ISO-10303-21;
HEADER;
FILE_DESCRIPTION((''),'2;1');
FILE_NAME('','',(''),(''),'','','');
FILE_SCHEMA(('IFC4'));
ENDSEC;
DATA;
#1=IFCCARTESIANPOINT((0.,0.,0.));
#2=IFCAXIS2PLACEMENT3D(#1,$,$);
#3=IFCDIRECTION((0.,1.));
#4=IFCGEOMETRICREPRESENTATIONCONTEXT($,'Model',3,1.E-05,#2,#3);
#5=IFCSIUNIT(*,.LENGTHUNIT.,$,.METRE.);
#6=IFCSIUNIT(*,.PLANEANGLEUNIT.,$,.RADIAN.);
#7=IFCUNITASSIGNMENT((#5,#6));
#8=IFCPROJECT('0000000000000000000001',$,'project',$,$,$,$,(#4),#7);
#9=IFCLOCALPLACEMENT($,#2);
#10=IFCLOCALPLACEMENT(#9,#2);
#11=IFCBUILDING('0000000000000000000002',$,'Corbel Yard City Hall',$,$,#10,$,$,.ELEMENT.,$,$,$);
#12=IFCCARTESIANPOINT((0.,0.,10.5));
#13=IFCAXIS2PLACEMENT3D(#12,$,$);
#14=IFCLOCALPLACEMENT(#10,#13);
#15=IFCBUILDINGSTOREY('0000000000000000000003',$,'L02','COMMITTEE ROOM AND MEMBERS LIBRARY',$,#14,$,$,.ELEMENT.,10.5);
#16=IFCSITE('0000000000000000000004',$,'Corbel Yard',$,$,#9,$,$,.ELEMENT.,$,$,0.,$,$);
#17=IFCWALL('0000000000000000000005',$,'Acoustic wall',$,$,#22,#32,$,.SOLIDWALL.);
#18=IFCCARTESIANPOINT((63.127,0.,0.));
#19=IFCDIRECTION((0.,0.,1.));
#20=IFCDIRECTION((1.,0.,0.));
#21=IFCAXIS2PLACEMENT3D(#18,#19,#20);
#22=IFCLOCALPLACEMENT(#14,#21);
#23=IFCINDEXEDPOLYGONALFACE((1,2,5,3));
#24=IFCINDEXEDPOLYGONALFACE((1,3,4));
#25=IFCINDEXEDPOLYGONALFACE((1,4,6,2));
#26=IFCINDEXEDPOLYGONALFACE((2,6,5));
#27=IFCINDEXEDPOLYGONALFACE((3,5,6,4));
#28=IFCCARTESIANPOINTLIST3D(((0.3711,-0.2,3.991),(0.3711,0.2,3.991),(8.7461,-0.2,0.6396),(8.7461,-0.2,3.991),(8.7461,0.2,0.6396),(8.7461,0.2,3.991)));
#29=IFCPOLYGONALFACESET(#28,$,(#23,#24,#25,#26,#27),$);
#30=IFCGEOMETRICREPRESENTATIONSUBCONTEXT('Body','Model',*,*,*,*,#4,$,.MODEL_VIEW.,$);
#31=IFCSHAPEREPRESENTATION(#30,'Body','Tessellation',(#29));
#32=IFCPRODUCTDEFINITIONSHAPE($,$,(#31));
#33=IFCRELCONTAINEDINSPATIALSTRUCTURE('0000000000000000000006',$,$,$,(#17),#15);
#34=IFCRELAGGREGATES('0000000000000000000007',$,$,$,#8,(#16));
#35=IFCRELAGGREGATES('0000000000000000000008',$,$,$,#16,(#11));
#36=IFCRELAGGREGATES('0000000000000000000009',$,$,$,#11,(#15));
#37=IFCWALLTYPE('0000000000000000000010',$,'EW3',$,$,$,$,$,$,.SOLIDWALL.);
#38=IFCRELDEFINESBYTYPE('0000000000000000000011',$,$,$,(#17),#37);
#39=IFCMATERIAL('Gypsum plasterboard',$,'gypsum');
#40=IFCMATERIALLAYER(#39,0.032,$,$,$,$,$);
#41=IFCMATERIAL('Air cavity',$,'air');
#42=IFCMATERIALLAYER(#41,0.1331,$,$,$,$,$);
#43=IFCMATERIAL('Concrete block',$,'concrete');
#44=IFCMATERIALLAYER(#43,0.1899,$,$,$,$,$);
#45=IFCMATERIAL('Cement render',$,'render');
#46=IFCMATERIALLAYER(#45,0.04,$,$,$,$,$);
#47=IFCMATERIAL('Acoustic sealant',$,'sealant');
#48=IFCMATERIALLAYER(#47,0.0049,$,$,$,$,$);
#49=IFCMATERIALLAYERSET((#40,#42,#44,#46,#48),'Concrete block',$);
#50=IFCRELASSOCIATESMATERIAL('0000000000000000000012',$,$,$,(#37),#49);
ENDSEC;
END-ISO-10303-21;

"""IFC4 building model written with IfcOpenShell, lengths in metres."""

from ifc_helpers import new_model, si_unit, direction, frame, origin, place, context, subcontext, project, spatial, polyline, outline, extrude, material, layer, layer_set, type_object, element, save


model = new_model("IFC4")

# Units and contexts
model_context = context("Model", 3, precision=1e-05, world=origin(), true_north=direction((0.0, 1.0)))
body_context = subcontext(model_context, "Body", "Model", "MODEL_VIEW")
ifc_project = project(units=[si_unit("LENGTHUNIT", "METRE"), si_unit("PLANEANGLEUNIT", "RADIAN")], contexts=[model_context])

# Site, building, storey
site_placement = place(None, origin())
site = spatial("IfcSite", under=ifc_project, at=site_placement, Name="Corbel Yard", CompositionType="ELEMENT", RefElevation=0.0)
building_placement = place(site_placement, origin())
building = spatial("IfcBuilding", under=site, at=building_placement, Name="Corbel Yard City Hall", CompositionType="ELEMENT")
storey_placement = place(building_placement, frame((0.0, 0.0, 10.5)))
storey = spatial("IfcBuildingStorey", under=building, at=storey_placement, Name="L02", Description="COMMITTEE ROOM AND MEMBERS LIBRARY", CompositionType="ELEMENT", Elevation=10.5)

# Wall
ifc_material_1 = material(Name="Gypsum plasterboard", Category="gypsum")
ifc_layer_1 = layer(ifc_material_1, 0.032)
ifc_material_2 = material(Name="Air cavity", Category="air")
ifc_layer_2 = layer(ifc_material_2, 0.1331)
ifc_material_3 = material(Name="Concrete block", Category="concrete")
ifc_layer_3 = layer(ifc_material_3, 0.1899)
ifc_material_4 = material(Name="Cement render", Category="render")
ifc_layer_4 = layer(ifc_material_4, 0.04)
ifc_material_5 = material(Name="Acoustic sealant", Category="sealant")
ifc_layer_5 = layer(ifc_material_5, 0.0049)
ifc_layer_set_1 = layer_set([ifc_layer_1, ifc_layer_2, ifc_layer_3, ifc_layer_4, ifc_layer_5], Name="Concrete block")
wall_type_1 = type_object("IfcWallType", Name="EW3", PredefinedType="SOLIDWALL", material=ifc_layer_set_1)
wall_1_placement = place(storey_placement, frame((63.127, 0.0, 0.0), z_axis=(0.0, 0.0, 1.0), x_axis=(1.0, 0.0, 0.0)))
element("IfcWall", 1, at=wall_1_placement, inside=storey, type_object=wall_type_1, Name="Acoustic wall", PredefinedType="SOLIDWALL", context=body_context, shape_type="SweptSolid", body=[
    extrude(outline(polyline([(8.7461, 3.991), (8.7461, 0.6396), (0.3711, 3.991), (8.7461, 3.991)])), frame((0.0, 0.2, 0.0), z_axis=(0.0, -1.0, 0.0), x_axis=(1.0, 0.0, 0.0)), (0.0, 0.0, 1.0), 0.3999),
])

save(model, "model.ifc")
